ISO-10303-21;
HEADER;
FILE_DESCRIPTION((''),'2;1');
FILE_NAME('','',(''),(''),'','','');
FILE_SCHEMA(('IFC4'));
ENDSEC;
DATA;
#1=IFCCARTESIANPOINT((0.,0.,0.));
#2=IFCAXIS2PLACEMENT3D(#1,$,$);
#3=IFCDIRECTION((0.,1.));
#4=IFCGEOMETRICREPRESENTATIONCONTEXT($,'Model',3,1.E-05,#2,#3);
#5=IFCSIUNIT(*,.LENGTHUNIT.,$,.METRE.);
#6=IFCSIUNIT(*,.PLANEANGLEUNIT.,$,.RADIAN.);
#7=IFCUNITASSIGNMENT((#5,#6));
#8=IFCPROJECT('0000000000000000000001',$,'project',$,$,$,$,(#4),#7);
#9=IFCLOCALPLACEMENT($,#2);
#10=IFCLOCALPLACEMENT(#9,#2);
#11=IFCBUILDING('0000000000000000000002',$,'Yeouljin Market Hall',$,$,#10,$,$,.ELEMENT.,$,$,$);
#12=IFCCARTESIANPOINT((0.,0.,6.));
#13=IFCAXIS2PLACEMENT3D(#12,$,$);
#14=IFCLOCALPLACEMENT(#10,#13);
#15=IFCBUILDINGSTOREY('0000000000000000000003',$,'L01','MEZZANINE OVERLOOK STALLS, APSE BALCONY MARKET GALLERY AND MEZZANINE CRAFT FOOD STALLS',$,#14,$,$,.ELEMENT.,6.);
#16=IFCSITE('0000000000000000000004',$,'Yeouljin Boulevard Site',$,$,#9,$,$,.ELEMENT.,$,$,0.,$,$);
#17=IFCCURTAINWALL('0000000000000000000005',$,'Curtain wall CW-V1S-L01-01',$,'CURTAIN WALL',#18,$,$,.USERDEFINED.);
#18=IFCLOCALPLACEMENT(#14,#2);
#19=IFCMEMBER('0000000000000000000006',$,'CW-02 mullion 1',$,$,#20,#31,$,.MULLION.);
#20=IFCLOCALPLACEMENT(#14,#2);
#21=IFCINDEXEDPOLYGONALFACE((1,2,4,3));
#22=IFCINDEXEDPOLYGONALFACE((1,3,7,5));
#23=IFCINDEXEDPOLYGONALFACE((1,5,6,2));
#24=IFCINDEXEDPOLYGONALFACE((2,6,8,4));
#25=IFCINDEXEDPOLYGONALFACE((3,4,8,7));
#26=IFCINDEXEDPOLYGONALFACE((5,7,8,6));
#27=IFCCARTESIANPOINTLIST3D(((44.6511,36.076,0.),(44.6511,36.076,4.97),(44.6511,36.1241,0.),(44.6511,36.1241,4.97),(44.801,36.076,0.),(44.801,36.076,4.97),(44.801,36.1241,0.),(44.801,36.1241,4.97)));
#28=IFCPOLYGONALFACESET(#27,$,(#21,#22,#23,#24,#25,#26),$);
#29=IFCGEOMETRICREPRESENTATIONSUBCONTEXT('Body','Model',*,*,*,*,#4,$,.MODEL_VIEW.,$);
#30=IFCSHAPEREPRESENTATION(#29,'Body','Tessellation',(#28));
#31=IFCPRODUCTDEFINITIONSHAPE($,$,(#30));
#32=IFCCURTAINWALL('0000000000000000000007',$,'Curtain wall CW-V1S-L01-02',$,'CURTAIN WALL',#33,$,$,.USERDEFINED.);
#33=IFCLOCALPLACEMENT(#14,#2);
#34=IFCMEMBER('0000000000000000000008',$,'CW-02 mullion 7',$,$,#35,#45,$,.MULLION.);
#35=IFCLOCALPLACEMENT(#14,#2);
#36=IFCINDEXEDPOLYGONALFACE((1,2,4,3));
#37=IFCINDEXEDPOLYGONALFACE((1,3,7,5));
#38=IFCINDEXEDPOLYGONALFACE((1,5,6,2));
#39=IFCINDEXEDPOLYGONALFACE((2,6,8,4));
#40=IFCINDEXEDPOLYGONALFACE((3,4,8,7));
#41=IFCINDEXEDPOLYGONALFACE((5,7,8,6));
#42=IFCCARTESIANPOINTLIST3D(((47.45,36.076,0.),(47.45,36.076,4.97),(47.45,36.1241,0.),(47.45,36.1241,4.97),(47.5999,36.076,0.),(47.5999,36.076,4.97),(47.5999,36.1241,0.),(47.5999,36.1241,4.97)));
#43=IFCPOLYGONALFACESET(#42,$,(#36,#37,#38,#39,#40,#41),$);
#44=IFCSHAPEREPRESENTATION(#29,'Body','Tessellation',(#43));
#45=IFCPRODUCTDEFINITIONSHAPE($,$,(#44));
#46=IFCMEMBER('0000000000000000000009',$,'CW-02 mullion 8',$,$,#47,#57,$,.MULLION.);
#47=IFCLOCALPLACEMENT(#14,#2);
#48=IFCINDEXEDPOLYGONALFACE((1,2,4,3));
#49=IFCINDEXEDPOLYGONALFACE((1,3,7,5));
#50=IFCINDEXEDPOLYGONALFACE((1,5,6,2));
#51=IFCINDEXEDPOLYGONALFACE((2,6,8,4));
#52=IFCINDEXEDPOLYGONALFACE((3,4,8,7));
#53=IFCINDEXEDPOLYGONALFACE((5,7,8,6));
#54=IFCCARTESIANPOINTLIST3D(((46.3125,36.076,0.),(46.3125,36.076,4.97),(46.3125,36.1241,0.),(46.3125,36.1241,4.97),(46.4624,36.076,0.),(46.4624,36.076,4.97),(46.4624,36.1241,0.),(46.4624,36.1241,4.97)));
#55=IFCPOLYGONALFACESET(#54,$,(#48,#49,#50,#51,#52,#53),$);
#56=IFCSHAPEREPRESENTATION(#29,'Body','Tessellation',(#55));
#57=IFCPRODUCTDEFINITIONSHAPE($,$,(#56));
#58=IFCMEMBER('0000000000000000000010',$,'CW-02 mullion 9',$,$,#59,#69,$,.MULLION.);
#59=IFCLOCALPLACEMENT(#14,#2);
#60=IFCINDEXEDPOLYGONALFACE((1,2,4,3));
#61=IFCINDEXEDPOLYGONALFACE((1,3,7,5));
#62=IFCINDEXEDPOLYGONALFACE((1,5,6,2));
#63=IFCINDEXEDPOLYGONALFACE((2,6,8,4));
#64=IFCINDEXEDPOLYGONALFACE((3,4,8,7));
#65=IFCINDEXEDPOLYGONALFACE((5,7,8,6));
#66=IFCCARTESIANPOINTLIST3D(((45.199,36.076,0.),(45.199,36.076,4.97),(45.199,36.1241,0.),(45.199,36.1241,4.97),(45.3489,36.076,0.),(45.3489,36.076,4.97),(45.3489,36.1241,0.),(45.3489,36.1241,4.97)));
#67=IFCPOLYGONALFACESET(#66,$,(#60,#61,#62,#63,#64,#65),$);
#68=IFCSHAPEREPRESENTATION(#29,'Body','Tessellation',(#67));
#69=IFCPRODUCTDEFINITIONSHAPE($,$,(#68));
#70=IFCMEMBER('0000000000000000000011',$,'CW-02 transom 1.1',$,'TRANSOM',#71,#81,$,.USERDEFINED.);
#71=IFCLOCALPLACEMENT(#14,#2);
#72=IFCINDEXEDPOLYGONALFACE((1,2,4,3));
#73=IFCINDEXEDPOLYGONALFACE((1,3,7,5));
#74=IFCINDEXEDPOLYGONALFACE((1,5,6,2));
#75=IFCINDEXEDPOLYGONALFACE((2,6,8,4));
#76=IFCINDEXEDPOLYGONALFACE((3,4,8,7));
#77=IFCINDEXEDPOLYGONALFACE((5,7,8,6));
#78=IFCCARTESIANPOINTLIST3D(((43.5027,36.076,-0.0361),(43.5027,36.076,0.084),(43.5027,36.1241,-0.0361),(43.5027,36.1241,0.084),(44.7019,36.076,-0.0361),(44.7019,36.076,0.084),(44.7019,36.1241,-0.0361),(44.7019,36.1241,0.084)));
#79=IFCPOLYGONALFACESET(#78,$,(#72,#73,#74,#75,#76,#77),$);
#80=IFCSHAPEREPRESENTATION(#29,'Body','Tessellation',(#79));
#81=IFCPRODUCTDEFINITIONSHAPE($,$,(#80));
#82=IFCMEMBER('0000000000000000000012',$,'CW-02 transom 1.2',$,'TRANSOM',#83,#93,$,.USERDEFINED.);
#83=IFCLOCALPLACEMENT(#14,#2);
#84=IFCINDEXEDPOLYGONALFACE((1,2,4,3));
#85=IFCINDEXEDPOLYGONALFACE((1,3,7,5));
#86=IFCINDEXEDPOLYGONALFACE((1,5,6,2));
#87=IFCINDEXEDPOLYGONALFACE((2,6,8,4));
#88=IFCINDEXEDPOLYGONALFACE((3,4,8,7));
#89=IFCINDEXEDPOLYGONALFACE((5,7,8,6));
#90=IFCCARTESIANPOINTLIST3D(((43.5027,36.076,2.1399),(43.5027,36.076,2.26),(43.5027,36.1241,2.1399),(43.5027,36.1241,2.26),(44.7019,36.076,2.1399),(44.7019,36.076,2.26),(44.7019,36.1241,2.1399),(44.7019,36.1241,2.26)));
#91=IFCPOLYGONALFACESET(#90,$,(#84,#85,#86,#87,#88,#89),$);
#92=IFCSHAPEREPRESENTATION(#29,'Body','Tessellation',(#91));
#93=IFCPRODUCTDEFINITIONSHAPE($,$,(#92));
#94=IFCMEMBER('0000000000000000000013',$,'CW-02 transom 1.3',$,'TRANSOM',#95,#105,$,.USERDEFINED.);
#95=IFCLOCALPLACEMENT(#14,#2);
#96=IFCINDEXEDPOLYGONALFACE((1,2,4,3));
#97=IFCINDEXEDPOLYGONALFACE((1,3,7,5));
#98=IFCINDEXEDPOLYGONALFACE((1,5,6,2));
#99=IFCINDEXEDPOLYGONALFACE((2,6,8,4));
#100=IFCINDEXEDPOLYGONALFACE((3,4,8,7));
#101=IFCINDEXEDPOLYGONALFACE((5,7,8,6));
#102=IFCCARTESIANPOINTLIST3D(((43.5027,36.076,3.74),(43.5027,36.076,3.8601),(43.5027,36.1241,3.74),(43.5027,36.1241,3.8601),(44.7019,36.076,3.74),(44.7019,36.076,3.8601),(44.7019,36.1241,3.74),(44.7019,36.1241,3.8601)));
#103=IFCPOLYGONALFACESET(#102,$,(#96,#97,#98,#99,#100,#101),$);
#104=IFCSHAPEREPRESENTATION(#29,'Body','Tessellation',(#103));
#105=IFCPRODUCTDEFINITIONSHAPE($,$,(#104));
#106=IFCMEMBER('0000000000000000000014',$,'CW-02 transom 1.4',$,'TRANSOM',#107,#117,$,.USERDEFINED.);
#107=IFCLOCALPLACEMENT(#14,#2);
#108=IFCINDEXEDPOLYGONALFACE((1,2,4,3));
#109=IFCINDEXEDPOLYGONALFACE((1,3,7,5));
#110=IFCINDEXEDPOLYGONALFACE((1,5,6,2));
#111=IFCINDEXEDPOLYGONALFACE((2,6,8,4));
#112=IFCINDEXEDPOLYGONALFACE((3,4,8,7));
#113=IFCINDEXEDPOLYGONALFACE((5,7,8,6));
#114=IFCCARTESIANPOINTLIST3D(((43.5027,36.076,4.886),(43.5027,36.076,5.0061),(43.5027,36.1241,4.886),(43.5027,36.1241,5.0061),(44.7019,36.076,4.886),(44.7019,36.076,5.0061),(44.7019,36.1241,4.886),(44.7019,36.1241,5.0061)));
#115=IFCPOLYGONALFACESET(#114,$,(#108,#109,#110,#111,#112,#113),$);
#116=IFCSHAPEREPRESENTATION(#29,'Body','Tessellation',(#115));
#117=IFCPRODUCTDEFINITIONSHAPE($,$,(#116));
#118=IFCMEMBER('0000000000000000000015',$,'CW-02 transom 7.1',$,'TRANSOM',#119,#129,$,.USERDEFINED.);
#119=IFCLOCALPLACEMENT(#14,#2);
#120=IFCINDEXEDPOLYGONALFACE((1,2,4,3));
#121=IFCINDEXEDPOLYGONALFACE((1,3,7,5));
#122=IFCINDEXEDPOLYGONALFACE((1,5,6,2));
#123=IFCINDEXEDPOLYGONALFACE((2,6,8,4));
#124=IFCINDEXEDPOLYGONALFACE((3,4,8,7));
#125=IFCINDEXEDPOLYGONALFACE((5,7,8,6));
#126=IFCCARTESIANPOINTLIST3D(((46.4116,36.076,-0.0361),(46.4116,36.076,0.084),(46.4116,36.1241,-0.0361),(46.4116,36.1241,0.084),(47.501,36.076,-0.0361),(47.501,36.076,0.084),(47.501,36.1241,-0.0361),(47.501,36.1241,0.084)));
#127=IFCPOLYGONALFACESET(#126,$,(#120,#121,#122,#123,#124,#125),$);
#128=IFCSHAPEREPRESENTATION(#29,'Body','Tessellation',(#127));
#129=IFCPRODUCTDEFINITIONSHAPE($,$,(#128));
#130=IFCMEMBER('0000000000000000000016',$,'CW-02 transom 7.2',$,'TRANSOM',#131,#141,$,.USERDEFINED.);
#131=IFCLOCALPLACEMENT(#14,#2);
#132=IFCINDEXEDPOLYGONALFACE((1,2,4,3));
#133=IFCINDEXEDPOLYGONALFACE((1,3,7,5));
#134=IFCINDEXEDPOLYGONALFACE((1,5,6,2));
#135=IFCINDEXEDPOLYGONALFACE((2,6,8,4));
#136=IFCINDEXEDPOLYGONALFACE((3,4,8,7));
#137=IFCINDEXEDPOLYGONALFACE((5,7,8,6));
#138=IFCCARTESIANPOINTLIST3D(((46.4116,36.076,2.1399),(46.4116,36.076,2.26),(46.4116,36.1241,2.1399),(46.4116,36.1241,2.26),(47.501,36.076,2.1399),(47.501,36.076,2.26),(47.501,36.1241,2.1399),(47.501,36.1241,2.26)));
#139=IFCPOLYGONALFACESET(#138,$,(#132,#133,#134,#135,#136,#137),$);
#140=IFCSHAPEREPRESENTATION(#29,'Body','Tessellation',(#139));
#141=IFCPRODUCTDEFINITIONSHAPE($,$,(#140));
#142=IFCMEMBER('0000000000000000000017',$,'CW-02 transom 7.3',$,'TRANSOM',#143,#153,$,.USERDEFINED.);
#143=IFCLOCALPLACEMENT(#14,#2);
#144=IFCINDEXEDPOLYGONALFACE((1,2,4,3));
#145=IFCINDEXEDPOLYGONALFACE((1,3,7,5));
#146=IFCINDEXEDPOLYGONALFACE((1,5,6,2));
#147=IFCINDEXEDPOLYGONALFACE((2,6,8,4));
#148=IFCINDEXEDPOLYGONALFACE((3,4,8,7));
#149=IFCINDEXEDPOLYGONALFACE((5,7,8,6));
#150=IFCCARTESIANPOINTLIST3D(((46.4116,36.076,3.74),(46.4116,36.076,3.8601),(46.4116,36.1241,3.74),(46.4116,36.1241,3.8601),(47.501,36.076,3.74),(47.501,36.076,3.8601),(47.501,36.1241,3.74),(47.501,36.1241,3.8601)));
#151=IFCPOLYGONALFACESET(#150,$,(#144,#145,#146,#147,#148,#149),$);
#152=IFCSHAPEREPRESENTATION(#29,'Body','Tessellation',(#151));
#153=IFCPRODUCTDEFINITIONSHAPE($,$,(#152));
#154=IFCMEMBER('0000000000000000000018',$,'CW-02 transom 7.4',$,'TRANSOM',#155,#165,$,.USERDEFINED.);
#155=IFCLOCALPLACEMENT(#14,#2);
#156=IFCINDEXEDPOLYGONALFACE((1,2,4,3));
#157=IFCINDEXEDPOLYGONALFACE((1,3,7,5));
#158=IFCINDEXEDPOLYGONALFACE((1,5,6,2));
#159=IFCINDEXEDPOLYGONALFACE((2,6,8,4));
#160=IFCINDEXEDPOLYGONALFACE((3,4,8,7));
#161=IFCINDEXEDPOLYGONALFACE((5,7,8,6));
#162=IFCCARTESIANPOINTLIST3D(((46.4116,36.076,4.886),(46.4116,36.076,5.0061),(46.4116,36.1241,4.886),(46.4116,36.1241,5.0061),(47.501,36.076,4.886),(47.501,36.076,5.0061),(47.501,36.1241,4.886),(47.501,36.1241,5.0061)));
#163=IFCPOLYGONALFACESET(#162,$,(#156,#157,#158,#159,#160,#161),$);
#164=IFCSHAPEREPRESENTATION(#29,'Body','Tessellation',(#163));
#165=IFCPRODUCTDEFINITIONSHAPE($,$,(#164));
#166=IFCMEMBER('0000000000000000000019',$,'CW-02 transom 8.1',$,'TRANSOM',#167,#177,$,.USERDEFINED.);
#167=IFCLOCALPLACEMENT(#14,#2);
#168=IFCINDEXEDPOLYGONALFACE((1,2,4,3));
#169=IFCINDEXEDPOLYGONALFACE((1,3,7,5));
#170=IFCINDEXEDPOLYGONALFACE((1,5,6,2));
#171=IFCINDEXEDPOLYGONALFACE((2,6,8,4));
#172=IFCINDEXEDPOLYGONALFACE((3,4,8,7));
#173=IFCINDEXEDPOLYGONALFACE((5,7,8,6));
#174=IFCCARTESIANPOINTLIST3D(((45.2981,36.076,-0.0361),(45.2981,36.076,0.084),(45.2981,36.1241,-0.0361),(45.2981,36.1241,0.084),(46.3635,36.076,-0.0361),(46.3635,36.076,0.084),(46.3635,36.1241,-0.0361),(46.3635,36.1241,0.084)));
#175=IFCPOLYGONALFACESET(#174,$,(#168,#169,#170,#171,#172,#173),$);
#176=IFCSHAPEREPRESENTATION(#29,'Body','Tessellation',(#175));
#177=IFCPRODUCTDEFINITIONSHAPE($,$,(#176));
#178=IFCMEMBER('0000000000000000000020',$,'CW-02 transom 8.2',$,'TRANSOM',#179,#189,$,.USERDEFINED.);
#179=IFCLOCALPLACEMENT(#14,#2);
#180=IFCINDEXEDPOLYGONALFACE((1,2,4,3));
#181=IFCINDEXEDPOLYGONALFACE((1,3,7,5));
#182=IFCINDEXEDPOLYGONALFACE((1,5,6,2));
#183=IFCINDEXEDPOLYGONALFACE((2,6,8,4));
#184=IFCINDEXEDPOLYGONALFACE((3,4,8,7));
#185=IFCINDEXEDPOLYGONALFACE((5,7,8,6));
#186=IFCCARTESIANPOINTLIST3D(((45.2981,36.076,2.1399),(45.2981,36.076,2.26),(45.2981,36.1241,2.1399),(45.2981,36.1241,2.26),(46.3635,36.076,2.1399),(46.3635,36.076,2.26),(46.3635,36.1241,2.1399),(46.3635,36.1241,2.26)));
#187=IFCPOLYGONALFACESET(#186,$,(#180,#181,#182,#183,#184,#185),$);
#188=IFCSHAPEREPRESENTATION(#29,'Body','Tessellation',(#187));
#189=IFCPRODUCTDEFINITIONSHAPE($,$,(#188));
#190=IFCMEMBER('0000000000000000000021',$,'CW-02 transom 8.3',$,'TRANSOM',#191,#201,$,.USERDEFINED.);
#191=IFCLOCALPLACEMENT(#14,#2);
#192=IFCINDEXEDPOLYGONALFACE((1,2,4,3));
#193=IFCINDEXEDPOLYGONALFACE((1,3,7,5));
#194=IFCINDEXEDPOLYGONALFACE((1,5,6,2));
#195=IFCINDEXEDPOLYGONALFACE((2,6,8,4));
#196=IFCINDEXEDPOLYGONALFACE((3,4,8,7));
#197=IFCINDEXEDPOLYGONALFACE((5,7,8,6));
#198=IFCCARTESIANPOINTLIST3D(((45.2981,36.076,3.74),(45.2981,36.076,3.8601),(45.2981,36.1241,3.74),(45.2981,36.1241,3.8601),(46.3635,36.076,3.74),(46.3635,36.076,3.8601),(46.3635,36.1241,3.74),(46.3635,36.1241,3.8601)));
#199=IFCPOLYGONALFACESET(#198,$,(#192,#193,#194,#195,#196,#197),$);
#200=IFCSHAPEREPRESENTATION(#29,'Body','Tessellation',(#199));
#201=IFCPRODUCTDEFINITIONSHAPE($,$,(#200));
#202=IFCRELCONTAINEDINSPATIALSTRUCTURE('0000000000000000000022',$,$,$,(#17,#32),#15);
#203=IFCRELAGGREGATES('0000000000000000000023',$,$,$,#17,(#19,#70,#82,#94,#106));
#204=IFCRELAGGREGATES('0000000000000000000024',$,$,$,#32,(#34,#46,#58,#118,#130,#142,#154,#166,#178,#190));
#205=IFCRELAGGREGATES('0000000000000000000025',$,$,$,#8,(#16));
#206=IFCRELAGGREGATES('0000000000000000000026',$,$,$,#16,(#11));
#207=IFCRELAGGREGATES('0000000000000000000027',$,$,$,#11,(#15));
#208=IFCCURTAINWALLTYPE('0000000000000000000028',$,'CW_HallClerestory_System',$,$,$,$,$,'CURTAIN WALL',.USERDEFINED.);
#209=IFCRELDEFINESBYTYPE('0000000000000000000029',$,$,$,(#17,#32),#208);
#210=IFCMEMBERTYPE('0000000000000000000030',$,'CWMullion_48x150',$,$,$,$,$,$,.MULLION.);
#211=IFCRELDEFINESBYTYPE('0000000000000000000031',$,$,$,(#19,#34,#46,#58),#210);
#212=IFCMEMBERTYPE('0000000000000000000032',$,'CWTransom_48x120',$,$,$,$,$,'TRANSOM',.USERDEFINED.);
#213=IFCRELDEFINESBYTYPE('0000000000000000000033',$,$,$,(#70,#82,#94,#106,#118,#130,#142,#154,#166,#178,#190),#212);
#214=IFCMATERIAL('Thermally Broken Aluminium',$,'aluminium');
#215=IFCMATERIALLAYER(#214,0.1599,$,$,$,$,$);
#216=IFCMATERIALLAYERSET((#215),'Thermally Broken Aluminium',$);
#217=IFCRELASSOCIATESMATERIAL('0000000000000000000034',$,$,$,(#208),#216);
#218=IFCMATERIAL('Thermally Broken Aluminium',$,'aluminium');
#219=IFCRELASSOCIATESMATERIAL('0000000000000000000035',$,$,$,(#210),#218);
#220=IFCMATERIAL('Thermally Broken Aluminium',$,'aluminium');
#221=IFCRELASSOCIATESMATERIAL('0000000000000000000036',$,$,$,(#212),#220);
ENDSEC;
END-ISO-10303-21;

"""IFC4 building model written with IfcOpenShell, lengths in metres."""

from ifc_helpers import new_model, si_unit, direction, frame, origin, origin_2d, place, context, subcontext, project, spatial, rectangle, extrude, material, layer, layer_set, material_profile, profile_set, type_object, element, aggregate, save


model = new_model("IFC4")

# Units and contexts
model_context = context("Model", 3, precision=1e-05, world=origin(), true_north=direction((0.0, 1.0)))
body_context = subcontext(model_context, "Body", "Model", "MODEL_VIEW")
ifc_project = project(units=[si_unit("LENGTHUNIT", "METRE"), si_unit("PLANEANGLEUNIT", "RADIAN")], contexts=[model_context])

# Site, building, storey
site_placement = place(None, origin())
site = spatial("IfcSite", under=ifc_project, at=site_placement, Name="Yeouljin Boulevard Site", CompositionType="ELEMENT", RefElevation=0.0)
building_placement = place(site_placement, origin())
building = spatial("IfcBuilding", under=site, at=building_placement, Name="Yeouljin Market Hall", CompositionType="ELEMENT")
storey_placement = place(building_placement, frame((0.0, 0.0, 6.0)))
storey = spatial("IfcBuildingStorey", under=building, at=storey_placement, Name="L01", Description="MEZZANINE OVERLOOK STALLS, APSE BALCONY MARKET GALLERY AND MEZZANINE CRAFT FOOD STALLS", CompositionType="ELEMENT", Elevation=6.0)

# Curtain wall, member
ifc_material_1 = material(Name="Thermally Broken Aluminium", Category="aluminium")
ifc_layer_1 = layer(ifc_material_1, 0.1599)
ifc_layer_set_1 = layer_set([ifc_layer_1], Name="Thermally Broken Aluminium")
curtain_wall_type = type_object("IfcCurtainWallType", Name="CW_HallClerestory_System", ElementType="CURTAIN WALL", PredefinedType="USERDEFINED", material=ifc_layer_set_1)
curtain_wall_1_placement = place(storey_placement, origin())
curtain_wall_1 = element("IfcCurtainWall", 1, at=curtain_wall_1_placement, inside=storey, type_object=curtain_wall_type, Name="Curtain wall CW-V1S-L01-01", ObjectType="CURTAIN WALL", PredefinedType="USERDEFINED")
ifc_material_2 = material(Name="Thermally Broken Aluminium", Category="aluminium")
ifc_material_profile_1 = material_profile(ifc_material_2, rectangle(XDim=0.0481, YDim=0.1499, at=origin_2d()), Name="CW-MULL-48x150")
ifc_profile_set_1 = profile_set([ifc_material_profile_1], Name="Thermally Broken Aluminium")
member_type_1 = type_object("IfcMemberType", Name="CWMullion_48x150", PredefinedType="MULLION", material=ifc_profile_set_1)
member_1_placement = place(storey_placement, frame((44.7261, 36.1001, 0.0), z_axis=(0.0, 0.0, 1.0), x_axis=(0.0, -1.0, 0.0)))
member_1 = element("IfcMember", 2, at=member_1_placement, type_object=member_type_1, Name="CW-02 mullion 1", PredefinedType="MULLION", context=body_context, shape_type="SweptSolid", body=[
    extrude(rectangle(XDim=0.0481, YDim=0.1499, at=origin_2d()), origin(), (0.0, 0.0, 1.0), 4.97),
])

# Curtain wall, members
curtain_wall_2_placement = place(storey_placement, origin())
curtain_wall_2 = element("IfcCurtainWall", 3, at=curtain_wall_2_placement, inside=storey, type_object=curtain_wall_type, Name="Curtain wall CW-V1S-L01-02", ObjectType="CURTAIN WALL", PredefinedType="USERDEFINED")
member_2_placement = place(storey_placement, frame((47.5249, 36.1001, 0.0), z_axis=(0.0, 0.0, 1.0), x_axis=(0.0, -1.0, 0.0)))
member_2 = element("IfcMember", 4, at=member_2_placement, type_object=member_type_1, Name="CW-02 mullion 7", PredefinedType="MULLION", context=body_context, shape_type="SweptSolid", body=[
    extrude(rectangle(XDim=0.0481, YDim=0.1499, at=origin_2d()), origin(), (0.0, 0.0, 1.0), 4.97),
])
member_3_placement = place(storey_placement, frame((46.3875, 36.1001, 0.0), z_axis=(0.0, 0.0, 1.0), x_axis=(0.0, -1.0, 0.0)))
member_3 = element("IfcMember", 5, at=member_3_placement, type_object=member_type_1, Name="CW-02 mullion 8", PredefinedType="MULLION", context=body_context, shape_type="SweptSolid", body=[
    extrude(rectangle(XDim=0.0481, YDim=0.1499, at=origin_2d()), origin(), (0.0, 0.0, 1.0), 4.97),
])
member_4_placement = place(storey_placement, frame((45.2739, 36.1001, 0.0), z_axis=(0.0, 0.0, 1.0), x_axis=(0.0, -1.0, 0.0)))
member_4 = element("IfcMember", 6, at=member_4_placement, type_object=member_type_1, Name="CW-02 mullion 9", PredefinedType="MULLION", context=body_context, shape_type="SweptSolid", body=[
    extrude(rectangle(XDim=0.0481, YDim=0.1499, at=origin_2d()), origin(), (0.0, 0.0, 1.0), 4.97),
])

# Members
ifc_material_3 = material(Name="Thermally Broken Aluminium", Category="aluminium")
ifc_material_profile_2 = material_profile(ifc_material_3, rectangle(XDim=0.0481, YDim=0.1201, at=origin_2d()), Name="CW-TRAN-48x120")
ifc_profile_set_2 = profile_set([ifc_material_profile_2], Name="Thermally Broken Aluminium")
member_type_2 = type_object("IfcMemberType", Name="CWTransom_48x120", ElementType="TRANSOM", PredefinedType="USERDEFINED", material=ifc_profile_set_2)
member_5_placement = place(storey_placement, frame((44.7019, 36.1001, 0.0239), z_axis=(-1.0, 0.0, 0.0), x_axis=(0.0, -1.0, 0.0)))
member_5 = element("IfcMember", 7, at=member_5_placement, type_object=member_type_2, Name="CW-02 transom 1.1", ObjectType="TRANSOM", PredefinedType="USERDEFINED", context=body_context, shape_type="SweptSolid", body=[
    extrude(rectangle(XDim=0.0481, YDim=0.1201, at=origin_2d()), origin(), (0.0, 0.0, 1.0), 1.1992),
])
member_6_placement = place(storey_placement, frame((44.7019, 36.1001, 2.2), z_axis=(-1.0, 0.0, 0.0), x_axis=(0.0, -1.0, 0.0)))
member_6 = element("IfcMember", 8, at=member_6_placement, type_object=member_type_2, Name="CW-02 transom 1.2", ObjectType="TRANSOM", PredefinedType="USERDEFINED", context=body_context, shape_type="SweptSolid", body=[
    extrude(rectangle(XDim=0.0481, YDim=0.1201, at=origin_2d()), origin(), (0.0, 0.0, 1.0), 1.1992),
])
member_7_placement = place(storey_placement, frame((44.7019, 36.1001, 3.8), z_axis=(-1.0, 0.0, 0.0), x_axis=(0.0, -1.0, 0.0)))
member_7 = element("IfcMember", 9, at=member_7_placement, type_object=member_type_2, Name="CW-02 transom 1.3", ObjectType="TRANSOM", PredefinedType="USERDEFINED", context=body_context, shape_type="SweptSolid", body=[
    extrude(rectangle(XDim=0.0481, YDim=0.1201, at=origin_2d()), origin(), (0.0, 0.0, 1.0), 1.1992),
])
member_8_placement = place(storey_placement, frame((44.7019, 36.1001, 4.946), z_axis=(-1.0, 0.0, 0.0), x_axis=(0.0, -1.0, 0.0)))
member_8 = element("IfcMember", 10, at=member_8_placement, type_object=member_type_2, Name="CW-02 transom 1.4", ObjectType="TRANSOM", PredefinedType="USERDEFINED", context=body_context, shape_type="SweptSolid", body=[
    extrude(rectangle(XDim=0.0481, YDim=0.1201, at=origin_2d()), origin(), (0.0, 0.0, 1.0), 1.1992),
])
member_9_placement = place(storey_placement, frame((47.501, 36.1001, 0.0239), z_axis=(-1.0, 0.0, 0.0), x_axis=(0.0, -1.0, 0.0)))
member_9 = element("IfcMember", 11, at=member_9_placement, type_object=member_type_2, Name="CW-02 transom 7.1", ObjectType="TRANSOM", PredefinedType="USERDEFINED", context=body_context, shape_type="SweptSolid", body=[
    extrude(rectangle(XDim=0.0481, YDim=0.1201, at=origin_2d()), origin(), (0.0, 0.0, 1.0), 1.0894),
])
member_10_placement = place(storey_placement, frame((47.501, 36.1001, 2.2), z_axis=(-1.0, 0.0, 0.0), x_axis=(0.0, -1.0, 0.0)))
member_10 = element("IfcMember", 12, at=member_10_placement, type_object=member_type_2, Name="CW-02 transom 7.2", ObjectType="TRANSOM", PredefinedType="USERDEFINED", context=body_context, shape_type="SweptSolid", body=[
    extrude(rectangle(XDim=0.0481, YDim=0.1201, at=origin_2d()), origin(), (0.0, 0.0, 1.0), 1.0894),
])
member_11_placement = place(storey_placement, frame((47.501, 36.1001, 3.8), z_axis=(-1.0, 0.0, 0.0), x_axis=(0.0, -1.0, 0.0)))
member_11 = element("IfcMember", 13, at=member_11_placement, type_object=member_type_2, Name="CW-02 transom 7.3", ObjectType="TRANSOM", PredefinedType="USERDEFINED", context=body_context, shape_type="SweptSolid", body=[
    extrude(rectangle(XDim=0.0481, YDim=0.1201, at=origin_2d()), origin(), (0.0, 0.0, 1.0), 1.0894),
])
member_12_placement = place(storey_placement, frame((47.501, 36.1001, 4.946), z_axis=(-1.0, 0.0, 0.0), x_axis=(0.0, -1.0, 0.0)))
member_12 = element("IfcMember", 14, at=member_12_placement, type_object=member_type_2, Name="CW-02 transom 7.4", ObjectType="TRANSOM", PredefinedType="USERDEFINED", context=body_context, shape_type="SweptSolid", body=[
    extrude(rectangle(XDim=0.0481, YDim=0.1201, at=origin_2d()), origin(), (0.0, 0.0, 1.0), 1.0894),
])
member_13_placement = place(storey_placement, frame((46.3635, 36.1001, 0.0239), z_axis=(-1.0, 0.0, 0.0), x_axis=(0.0, -1.0, 0.0)))
member_13 = element("IfcMember", 15, at=member_13_placement, type_object=member_type_2, Name="CW-02 transom 8.1", ObjectType="TRANSOM", PredefinedType="USERDEFINED", context=body_context, shape_type="SweptSolid", body=[
    extrude(rectangle(XDim=0.0481, YDim=0.1201, at=origin_2d()), origin(), (0.0, 0.0, 1.0), 1.0654),
])
member_14_placement = place(storey_placement, frame((46.3635, 36.1001, 2.2), z_axis=(-1.0, 0.0, 0.0), x_axis=(0.0, -1.0, 0.0)))
member_14 = element("IfcMember", 16, at=member_14_placement, type_object=member_type_2, Name="CW-02 transom 8.2", ObjectType="TRANSOM", PredefinedType="USERDEFINED", context=body_context, shape_type="SweptSolid", body=[
    extrude(rectangle(XDim=0.0481, YDim=0.1201, at=origin_2d()), origin(), (0.0, 0.0, 1.0), 1.0654),
])
member_15_placement = place(storey_placement, frame((46.3635, 36.1001, 3.8), z_axis=(-1.0, 0.0, 0.0), x_axis=(0.0, -1.0, 0.0)))
member_15 = element("IfcMember", 17, at=member_15_placement, type_object=member_type_2, Name="CW-02 transom 8.3", ObjectType="TRANSOM", PredefinedType="USERDEFINED", context=body_context, shape_type="SweptSolid", body=[
    extrude(rectangle(XDim=0.0481, YDim=0.1201, at=origin_2d()), origin(), (0.0, 0.0, 1.0), 1.0654),
])

aggregate(curtain_wall_1, [member_1, member_5, member_6, member_7, member_8])
aggregate(curtain_wall_2, [member_2, member_3, member_4, member_9, member_10, member_11, member_12, member_13, member_14, member_15])

save(model, "model.ifc")
